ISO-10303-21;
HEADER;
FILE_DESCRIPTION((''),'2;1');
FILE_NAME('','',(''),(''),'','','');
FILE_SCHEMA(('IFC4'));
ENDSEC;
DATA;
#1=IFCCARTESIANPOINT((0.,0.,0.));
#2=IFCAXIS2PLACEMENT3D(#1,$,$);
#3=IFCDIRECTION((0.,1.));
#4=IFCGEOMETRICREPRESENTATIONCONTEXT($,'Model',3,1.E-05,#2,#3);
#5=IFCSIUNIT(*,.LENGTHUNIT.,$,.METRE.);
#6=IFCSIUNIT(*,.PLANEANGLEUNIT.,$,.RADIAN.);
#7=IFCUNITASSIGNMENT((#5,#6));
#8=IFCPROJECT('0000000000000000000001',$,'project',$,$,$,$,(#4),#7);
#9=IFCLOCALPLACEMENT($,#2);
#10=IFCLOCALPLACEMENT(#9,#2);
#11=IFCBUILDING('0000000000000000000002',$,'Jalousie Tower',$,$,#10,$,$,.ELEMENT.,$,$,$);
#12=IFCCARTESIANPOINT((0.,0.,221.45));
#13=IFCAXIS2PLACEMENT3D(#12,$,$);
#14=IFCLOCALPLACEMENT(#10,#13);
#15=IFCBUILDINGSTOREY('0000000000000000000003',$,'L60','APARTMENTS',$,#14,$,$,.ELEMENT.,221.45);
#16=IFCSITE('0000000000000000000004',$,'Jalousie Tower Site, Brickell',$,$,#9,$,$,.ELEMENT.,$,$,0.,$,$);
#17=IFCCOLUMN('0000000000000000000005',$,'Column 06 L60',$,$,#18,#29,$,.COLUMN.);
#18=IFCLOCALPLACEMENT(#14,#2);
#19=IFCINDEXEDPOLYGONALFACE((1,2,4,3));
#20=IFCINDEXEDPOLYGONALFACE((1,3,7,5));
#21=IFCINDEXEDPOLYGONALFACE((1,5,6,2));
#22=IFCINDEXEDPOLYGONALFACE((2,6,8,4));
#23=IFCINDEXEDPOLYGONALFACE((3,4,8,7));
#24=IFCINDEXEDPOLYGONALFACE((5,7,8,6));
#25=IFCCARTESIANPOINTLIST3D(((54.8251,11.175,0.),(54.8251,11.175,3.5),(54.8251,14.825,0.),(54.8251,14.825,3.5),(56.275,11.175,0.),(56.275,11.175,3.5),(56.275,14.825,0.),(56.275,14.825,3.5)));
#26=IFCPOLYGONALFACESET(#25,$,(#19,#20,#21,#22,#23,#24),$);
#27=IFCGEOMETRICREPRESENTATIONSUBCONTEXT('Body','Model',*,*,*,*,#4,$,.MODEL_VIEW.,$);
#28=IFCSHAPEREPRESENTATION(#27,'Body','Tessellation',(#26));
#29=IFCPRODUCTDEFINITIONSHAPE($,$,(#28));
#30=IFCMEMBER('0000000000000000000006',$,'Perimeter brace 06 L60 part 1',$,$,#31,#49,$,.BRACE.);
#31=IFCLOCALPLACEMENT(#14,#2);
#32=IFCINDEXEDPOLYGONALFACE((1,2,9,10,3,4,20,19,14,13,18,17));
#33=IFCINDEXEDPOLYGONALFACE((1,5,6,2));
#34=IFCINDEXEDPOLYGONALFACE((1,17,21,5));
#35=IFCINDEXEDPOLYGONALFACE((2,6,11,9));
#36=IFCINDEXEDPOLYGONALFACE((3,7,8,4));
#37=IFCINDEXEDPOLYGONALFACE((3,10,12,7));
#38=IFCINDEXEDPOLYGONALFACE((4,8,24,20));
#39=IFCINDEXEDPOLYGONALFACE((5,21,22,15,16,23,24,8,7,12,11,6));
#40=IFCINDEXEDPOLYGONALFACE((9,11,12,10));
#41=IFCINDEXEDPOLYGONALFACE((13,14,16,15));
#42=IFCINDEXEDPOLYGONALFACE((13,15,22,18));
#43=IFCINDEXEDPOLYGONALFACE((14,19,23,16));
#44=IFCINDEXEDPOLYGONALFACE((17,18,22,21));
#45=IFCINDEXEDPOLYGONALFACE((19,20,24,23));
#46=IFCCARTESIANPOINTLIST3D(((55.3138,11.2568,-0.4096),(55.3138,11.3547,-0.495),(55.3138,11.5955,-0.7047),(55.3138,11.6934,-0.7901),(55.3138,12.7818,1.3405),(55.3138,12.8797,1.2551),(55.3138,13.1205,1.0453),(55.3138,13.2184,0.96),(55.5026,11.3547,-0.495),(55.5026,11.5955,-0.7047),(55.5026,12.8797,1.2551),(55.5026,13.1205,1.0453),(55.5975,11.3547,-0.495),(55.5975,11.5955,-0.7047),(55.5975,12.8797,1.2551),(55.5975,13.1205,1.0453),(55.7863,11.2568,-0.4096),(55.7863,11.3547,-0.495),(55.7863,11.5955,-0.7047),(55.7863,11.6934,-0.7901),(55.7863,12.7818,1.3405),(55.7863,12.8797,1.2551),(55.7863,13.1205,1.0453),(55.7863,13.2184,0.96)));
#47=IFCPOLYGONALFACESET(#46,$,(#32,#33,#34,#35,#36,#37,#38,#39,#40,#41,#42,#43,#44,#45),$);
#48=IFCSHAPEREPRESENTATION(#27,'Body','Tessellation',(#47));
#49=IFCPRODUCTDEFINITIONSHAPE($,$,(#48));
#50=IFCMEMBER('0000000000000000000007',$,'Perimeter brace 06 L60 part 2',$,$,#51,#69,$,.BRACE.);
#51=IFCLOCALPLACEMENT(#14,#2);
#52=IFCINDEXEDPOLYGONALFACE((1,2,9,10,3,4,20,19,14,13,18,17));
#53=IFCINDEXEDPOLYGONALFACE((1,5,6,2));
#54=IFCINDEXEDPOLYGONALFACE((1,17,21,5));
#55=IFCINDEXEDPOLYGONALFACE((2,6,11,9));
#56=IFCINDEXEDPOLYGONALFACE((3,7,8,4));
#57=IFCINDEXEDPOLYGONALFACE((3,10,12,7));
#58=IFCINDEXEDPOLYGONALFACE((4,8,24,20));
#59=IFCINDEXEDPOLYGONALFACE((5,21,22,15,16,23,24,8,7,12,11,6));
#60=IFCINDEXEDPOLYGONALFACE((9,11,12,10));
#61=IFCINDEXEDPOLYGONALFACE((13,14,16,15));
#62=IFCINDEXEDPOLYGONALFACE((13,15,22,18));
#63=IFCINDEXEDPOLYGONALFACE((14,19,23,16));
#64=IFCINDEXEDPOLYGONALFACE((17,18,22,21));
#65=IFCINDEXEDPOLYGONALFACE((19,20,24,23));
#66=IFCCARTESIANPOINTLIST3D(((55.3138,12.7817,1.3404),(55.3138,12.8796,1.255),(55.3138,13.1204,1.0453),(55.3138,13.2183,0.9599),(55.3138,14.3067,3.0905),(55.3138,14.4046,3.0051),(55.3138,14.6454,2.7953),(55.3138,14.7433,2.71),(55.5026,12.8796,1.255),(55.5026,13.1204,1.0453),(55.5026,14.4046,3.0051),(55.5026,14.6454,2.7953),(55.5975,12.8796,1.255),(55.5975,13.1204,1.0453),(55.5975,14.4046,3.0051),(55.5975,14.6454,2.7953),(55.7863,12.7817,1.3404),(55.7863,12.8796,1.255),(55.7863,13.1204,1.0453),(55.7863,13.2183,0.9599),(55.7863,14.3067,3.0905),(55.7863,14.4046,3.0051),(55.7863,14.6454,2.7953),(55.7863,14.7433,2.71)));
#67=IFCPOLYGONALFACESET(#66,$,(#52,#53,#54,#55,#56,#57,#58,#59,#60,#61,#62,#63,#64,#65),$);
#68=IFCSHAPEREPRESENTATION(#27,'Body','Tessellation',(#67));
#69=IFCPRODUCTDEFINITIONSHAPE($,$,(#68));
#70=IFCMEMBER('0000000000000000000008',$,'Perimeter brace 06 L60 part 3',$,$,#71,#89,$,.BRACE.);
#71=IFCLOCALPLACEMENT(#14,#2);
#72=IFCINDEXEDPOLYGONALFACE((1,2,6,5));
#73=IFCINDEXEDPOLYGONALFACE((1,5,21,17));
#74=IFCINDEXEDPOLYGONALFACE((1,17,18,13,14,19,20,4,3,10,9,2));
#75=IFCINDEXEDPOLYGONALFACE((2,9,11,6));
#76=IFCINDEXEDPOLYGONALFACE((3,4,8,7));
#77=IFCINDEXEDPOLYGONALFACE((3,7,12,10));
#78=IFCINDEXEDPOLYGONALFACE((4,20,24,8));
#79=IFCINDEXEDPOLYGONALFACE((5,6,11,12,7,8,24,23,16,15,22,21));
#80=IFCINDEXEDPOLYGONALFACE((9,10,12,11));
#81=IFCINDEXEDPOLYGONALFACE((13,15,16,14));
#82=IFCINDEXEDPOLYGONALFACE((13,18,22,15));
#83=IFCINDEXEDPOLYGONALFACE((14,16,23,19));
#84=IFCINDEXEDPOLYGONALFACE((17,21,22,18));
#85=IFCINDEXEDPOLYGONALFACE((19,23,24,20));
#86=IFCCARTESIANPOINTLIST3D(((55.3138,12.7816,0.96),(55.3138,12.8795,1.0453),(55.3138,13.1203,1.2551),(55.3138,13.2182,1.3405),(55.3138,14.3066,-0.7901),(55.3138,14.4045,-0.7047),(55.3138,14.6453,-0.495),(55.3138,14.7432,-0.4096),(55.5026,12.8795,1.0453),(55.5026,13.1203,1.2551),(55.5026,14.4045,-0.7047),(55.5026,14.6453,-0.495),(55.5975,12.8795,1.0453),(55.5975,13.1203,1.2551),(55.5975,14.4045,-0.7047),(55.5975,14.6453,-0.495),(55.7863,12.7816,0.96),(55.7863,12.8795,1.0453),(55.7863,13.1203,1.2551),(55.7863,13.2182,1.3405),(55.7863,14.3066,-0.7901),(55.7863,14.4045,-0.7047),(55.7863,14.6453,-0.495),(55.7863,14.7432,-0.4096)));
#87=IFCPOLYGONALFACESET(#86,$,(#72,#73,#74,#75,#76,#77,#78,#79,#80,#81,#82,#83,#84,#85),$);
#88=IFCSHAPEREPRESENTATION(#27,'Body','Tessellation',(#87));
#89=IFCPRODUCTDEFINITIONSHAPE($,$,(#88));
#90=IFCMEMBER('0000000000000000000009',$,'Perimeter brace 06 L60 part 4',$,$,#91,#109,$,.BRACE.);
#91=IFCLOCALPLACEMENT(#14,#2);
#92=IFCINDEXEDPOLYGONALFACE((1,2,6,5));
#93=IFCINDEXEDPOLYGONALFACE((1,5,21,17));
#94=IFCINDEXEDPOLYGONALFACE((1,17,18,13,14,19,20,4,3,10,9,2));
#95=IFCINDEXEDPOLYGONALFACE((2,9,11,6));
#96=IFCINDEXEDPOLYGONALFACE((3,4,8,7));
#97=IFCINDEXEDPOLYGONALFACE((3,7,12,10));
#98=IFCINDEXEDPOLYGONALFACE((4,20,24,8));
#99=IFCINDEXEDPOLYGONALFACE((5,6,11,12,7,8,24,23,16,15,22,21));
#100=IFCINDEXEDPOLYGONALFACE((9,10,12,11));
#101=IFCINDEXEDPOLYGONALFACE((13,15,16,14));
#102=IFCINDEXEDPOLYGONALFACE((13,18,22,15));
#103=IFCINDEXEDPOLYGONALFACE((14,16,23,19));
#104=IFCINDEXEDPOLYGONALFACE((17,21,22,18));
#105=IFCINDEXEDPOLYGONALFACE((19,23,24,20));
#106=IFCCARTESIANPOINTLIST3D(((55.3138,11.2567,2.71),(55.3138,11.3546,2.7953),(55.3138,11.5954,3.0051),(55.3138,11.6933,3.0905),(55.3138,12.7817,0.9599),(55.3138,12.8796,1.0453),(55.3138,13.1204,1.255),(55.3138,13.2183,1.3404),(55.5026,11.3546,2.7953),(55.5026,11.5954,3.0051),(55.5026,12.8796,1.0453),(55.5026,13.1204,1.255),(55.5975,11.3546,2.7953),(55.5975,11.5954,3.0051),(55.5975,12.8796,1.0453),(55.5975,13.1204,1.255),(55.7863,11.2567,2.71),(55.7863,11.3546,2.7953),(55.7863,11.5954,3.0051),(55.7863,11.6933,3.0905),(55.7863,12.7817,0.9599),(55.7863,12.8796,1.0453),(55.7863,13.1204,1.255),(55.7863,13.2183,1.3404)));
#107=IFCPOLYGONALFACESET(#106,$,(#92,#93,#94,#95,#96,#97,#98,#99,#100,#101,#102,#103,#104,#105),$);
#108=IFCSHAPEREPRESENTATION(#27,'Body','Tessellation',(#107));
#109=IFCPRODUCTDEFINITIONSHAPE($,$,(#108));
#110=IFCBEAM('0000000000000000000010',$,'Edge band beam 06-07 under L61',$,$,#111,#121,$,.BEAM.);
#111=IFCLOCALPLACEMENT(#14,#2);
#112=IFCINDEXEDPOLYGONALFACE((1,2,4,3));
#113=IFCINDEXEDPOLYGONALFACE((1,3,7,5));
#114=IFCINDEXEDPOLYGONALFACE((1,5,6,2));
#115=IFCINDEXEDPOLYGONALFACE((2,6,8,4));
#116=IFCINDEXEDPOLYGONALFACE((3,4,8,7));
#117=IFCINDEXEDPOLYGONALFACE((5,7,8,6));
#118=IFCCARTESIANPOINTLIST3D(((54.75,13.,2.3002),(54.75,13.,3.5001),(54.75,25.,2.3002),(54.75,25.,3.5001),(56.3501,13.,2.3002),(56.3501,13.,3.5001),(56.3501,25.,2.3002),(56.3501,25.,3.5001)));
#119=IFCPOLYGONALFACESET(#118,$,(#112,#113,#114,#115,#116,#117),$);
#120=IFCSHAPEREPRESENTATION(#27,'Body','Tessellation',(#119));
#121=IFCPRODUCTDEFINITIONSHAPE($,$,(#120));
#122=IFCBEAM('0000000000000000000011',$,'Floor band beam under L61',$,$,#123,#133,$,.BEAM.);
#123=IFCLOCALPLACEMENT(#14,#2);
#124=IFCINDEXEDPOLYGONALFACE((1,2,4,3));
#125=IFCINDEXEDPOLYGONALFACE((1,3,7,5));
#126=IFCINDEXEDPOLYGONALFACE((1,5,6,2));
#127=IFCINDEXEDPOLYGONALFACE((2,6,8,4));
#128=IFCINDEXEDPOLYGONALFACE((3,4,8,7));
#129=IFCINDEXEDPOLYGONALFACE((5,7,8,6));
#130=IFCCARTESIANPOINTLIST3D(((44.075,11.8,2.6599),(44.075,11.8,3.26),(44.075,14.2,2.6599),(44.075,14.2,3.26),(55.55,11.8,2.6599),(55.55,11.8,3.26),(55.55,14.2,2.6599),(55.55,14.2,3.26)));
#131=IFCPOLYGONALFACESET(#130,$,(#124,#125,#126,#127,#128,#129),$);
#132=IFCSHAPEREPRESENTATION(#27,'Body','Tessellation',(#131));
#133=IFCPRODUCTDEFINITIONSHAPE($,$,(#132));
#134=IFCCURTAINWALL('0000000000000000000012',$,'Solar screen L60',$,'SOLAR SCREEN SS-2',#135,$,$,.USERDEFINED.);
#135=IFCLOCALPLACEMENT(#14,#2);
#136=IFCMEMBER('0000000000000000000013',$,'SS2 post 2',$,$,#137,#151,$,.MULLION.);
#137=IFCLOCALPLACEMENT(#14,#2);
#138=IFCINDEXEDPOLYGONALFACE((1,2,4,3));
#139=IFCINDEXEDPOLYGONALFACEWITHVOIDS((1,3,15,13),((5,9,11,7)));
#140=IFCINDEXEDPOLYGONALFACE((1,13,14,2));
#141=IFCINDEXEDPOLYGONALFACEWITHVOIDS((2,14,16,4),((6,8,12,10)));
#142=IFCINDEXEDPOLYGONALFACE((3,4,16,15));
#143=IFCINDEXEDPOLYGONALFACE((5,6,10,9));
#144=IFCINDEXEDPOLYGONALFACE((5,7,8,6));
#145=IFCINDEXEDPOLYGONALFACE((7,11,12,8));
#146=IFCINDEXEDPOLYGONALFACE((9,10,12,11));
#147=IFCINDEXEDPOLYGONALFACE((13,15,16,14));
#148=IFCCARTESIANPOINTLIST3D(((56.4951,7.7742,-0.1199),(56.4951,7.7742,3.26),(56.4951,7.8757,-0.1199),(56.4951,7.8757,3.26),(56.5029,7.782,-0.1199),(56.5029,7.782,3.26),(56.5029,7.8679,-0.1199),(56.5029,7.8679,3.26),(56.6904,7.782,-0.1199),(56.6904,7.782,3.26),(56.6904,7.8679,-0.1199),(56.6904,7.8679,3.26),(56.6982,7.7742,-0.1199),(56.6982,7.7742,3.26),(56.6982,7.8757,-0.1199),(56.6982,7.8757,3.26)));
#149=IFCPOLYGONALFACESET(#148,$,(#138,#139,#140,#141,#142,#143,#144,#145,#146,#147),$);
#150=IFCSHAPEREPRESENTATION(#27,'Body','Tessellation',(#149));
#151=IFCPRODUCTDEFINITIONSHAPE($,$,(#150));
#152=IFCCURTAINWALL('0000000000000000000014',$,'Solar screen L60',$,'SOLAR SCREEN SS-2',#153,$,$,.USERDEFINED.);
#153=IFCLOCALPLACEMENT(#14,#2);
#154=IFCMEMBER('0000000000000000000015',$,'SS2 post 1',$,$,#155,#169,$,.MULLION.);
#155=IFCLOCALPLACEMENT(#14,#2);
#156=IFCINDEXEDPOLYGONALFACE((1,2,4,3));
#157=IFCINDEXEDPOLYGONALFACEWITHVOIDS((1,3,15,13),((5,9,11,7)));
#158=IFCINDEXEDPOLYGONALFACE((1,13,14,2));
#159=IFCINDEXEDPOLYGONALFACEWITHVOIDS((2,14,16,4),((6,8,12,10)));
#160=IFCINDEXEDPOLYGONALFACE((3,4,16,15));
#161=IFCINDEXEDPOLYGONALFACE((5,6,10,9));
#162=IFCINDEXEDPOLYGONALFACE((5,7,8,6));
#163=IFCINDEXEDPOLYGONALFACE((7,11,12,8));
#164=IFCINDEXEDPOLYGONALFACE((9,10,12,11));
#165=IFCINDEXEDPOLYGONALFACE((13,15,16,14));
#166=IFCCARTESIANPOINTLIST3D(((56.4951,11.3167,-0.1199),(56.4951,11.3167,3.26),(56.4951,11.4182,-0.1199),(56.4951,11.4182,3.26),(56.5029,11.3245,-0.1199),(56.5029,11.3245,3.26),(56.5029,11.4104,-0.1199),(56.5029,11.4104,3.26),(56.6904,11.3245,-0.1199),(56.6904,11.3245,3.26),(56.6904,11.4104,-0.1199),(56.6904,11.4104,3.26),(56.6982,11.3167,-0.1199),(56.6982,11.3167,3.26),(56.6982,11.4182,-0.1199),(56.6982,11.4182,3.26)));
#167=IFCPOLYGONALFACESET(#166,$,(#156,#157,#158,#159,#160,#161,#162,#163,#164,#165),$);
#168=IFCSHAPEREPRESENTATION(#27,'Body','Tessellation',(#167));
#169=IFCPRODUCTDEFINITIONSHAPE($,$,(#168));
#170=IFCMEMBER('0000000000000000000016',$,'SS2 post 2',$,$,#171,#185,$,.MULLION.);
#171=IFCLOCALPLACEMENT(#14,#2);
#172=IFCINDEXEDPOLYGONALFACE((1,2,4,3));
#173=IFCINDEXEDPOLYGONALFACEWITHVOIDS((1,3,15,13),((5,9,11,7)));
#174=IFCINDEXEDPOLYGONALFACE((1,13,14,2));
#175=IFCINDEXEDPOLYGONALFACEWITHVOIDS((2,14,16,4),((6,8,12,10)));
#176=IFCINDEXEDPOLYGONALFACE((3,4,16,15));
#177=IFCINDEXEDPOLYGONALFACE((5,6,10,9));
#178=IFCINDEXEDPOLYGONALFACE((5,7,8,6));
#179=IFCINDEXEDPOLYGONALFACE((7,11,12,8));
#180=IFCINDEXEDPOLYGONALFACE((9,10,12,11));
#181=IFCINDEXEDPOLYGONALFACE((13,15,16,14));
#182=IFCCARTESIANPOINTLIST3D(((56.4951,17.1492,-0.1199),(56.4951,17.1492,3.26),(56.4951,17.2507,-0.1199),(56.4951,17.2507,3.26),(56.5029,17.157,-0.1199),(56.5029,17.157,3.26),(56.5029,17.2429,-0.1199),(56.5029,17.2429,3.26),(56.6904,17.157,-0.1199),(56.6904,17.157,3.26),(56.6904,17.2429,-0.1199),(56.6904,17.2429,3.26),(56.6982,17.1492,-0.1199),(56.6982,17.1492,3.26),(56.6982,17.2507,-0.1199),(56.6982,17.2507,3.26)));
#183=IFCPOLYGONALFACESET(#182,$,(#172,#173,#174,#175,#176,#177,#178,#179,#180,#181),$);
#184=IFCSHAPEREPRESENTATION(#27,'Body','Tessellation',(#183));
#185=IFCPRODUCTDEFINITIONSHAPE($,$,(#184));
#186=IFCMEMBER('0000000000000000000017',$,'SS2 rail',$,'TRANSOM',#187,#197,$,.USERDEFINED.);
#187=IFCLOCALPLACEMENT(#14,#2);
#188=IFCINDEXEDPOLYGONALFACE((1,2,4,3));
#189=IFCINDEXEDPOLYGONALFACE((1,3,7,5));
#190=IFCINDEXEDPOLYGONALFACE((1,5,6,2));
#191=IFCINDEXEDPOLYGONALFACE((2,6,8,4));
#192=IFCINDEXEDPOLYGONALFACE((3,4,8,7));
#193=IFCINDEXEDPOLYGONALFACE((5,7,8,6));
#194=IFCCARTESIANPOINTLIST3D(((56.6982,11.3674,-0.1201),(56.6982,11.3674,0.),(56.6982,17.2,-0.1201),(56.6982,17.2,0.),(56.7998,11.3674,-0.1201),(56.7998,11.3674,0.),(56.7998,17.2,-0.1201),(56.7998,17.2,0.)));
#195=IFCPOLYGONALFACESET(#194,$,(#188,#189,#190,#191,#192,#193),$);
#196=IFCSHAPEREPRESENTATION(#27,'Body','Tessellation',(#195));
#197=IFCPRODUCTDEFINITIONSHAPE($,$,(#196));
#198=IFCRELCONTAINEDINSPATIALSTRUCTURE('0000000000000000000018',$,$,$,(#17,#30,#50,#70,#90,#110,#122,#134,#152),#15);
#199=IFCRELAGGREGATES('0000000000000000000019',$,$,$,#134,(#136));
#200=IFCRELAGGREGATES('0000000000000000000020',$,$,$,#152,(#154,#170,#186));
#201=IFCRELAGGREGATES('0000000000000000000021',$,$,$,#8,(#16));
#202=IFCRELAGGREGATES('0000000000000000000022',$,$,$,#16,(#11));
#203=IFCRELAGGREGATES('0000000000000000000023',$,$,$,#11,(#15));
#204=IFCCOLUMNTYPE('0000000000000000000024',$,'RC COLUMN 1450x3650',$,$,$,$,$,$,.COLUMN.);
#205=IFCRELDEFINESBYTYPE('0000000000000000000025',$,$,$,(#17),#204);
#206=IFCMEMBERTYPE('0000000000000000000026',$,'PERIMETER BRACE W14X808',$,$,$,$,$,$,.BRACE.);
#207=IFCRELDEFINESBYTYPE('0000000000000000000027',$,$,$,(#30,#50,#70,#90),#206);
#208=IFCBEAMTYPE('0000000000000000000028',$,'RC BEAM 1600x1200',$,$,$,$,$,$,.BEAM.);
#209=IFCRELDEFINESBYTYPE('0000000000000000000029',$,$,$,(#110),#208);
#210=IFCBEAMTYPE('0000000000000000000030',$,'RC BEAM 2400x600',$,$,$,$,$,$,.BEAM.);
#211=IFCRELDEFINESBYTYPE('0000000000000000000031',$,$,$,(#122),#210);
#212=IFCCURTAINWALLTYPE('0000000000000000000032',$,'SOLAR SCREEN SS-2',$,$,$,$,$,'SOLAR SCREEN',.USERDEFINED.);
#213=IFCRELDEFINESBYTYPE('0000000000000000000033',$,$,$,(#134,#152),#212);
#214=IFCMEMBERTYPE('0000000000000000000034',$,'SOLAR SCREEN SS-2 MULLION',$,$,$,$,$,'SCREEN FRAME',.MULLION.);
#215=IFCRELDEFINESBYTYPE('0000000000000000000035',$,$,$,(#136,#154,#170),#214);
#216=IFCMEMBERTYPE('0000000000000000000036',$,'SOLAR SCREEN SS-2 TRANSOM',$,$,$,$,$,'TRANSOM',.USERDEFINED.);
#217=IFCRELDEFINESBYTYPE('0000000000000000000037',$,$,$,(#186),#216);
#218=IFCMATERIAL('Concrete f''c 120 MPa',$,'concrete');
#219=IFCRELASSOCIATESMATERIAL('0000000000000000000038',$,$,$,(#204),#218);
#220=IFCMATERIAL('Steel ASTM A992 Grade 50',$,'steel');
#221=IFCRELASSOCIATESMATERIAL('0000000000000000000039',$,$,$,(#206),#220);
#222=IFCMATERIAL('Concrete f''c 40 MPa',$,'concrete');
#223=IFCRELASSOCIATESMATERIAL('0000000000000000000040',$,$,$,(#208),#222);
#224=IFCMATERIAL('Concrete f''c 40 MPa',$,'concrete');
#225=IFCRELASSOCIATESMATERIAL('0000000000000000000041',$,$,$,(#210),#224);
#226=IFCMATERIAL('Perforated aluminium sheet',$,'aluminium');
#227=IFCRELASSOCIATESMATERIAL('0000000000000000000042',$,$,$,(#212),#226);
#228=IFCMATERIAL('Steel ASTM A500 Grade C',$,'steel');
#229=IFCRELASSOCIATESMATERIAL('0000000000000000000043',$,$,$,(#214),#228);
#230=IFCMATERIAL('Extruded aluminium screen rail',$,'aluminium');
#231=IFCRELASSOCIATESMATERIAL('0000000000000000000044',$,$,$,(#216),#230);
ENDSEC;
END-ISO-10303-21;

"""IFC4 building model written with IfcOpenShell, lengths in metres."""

from ifc_helpers import new_model, si_unit, direction, frame, origin, origin_2d, place, context, subcontext, project, spatial, rectangle, hollow_rectangle, i_section, extrude, material, material_profile, profile_set, type_object, element, aggregate, save


model = new_model("IFC4")

# Units and contexts
model_context = context("Model", 3, precision=1e-05, world=origin(), true_north=direction((0.0, 1.0)))
body_context = subcontext(model_context, "Body", "Model", "MODEL_VIEW")
ifc_project = project(units=[si_unit("LENGTHUNIT", "METRE"), si_unit("PLANEANGLEUNIT", "RADIAN")], contexts=[model_context])

# Site, building, storey
site_placement = place(None, origin())
site = spatial("IfcSite", under=ifc_project, at=site_placement, Name="Jalousie Tower Site, Brickell", CompositionType="ELEMENT", RefElevation=0.0)
building_placement = place(site_placement, origin())
building = spatial("IfcBuilding", under=site, at=building_placement, Name="Jalousie Tower", CompositionType="ELEMENT")
storey_placement = place(building_placement, frame((0.0, 0.0, 221.45)))
storey = spatial("IfcBuildingStorey", under=building, at=storey_placement, Name="L60", Description="APARTMENTS", CompositionType="ELEMENT", Elevation=221.45)

# Column
ifc_material_1 = material(Name="Concrete f'c 120 MPa", Category="concrete")
ifc_material_profile_1 = material_profile(ifc_material_1, rectangle(XDim=1.45, YDim=3.6499, at=origin_2d()), Name="RC 1450x3650")
ifc_profile_set_1 = profile_set([ifc_material_profile_1], Name="Concrete f'c 120 MPa")
column_type = type_object("IfcColumnType", Name="RC COLUMN 1450x3650", PredefinedType="COLUMN", material=ifc_profile_set_1)
column_placement = place(storey_placement, frame((55.55, 13.0, 0.0), z_axis=(0.0, 0.0, 1.0), x_axis=(1.0, 0.0, 0.0)))
element("IfcColumn", 1, at=column_placement, inside=storey, type_object=column_type, Name="Column 06 L60", PredefinedType="COLUMN", context=body_context, shape_type="SweptSolid", body=[
    extrude(rectangle(XDim=1.45, YDim=3.6499, at=origin_2d()), origin(), (0.0, 0.0, 1.0), 3.5),
])

# Members
ifc_material_2 = material(Name="Steel ASTM A992 Grade 50", Category="steel")
ifc_material_profile_2 = material_profile(ifc_material_2, i_section(OverallWidth=0.4724, OverallDepth=0.5791, WebThickness=0.095, FlangeThickness=0.1299, at=origin_2d()), Name="W14X808")
ifc_profile_set_2 = profile_set([ifc_material_profile_2], Name="Steel ASTM A992 Grade 50")
member_type_1 = type_object("IfcMemberType", Name="PERIMETER BRACE W14X808", PredefinedType="BRACE", material=ifc_profile_set_2)
for number, where, z_axis, x_axis, name in (
    (2, (55.55, 11.4751, -0.5999), (0.0, 0.656954, 0.75393), (-1.0, 0.0, 0.0), "Perimeter brace 06 L60 part 1"),
    (3, (55.55, 13.0, 1.1501), (0.0, 0.656954, 0.75393), (-1.0, 0.0, 0.0), "Perimeter brace 06 L60 part 2"),
    (4, (55.55, 14.5249, -0.5999), (0.0, -0.656954, 0.75393), (1.0, 0.0, 0.0), "Perimeter brace 06 L60 part 3"),
    (5, (55.55, 13.0, 1.1501), (0.0, -0.656954, 0.75393), (1.0, 0.0, 0.0), "Perimeter brace 06 L60 part 4"),
):
    element("IfcMember", number, at=place(storey_placement, frame(where, z_axis=z_axis, x_axis=x_axis)), inside=storey, type_object=member_type_1, Name=name, PredefinedType="BRACE", context=body_context, shape_type="SweptSolid", body=[
        extrude(i_section(OverallWidth=0.4724, OverallDepth=0.5791, WebThickness=0.095, FlangeThickness=0.1299, at=origin_2d()), origin(), (0.0, 0.0, 1.0), 2.3213),
    ])

# Beams
ifc_material_3 = material(Name="Concrete f'c 40 MPa", Category="concrete")
ifc_material_profile_3 = material_profile(ifc_material_3, rectangle(XDim=1.6001, YDim=1.2, at=origin_2d()), Name="RC 1600x1200")
ifc_profile_set_3 = profile_set([ifc_material_profile_3], Name="Concrete f'c 40 MPa")
beam_type_1 = type_object("IfcBeamType", Name="RC BEAM 1600x1200", PredefinedType="BEAM", material=ifc_profile_set_3)
beam_1_placement = place(storey_placement, frame((55.55, 13.0, 2.9001), z_axis=(0.0, 1.0, 0.0), x_axis=(-1.0, 0.0, 0.0)))
element("IfcBeam", 6, at=beam_1_placement, inside=storey, type_object=beam_type_1, Name="Edge band beam 06-07 under L61", PredefinedType="BEAM", context=body_context, shape_type="SweptSolid", body=[
    extrude(rectangle(XDim=1.6001, YDim=1.2, at=origin_2d()), origin(), (0.0, 0.0, 1.0), 12.0),
])
ifc_material_4 = material(Name="Concrete f'c 40 MPa", Category="concrete")
ifc_material_profile_4 = material_profile(ifc_material_4, rectangle(XDim=2.3999, YDim=0.6001, at=origin_2d()), Name="RC 2400x600")
ifc_profile_set_4 = profile_set([ifc_material_profile_4], Name="Concrete f'c 40 MPa")
beam_type_2 = type_object("IfcBeamType", Name="RC BEAM 2400x600", PredefinedType="BEAM", material=ifc_profile_set_4)
beam_2_placement = place(storey_placement, frame((55.55, 13.0, 2.96), z_axis=(-1.0, 0.0, 0.0), x_axis=(0.0, -1.0, 0.0)))
element("IfcBeam", 7, at=beam_2_placement, inside=storey, type_object=beam_type_2, Name="Floor band beam under L61", PredefinedType="BEAM", context=body_context, shape_type="SweptSolid", body=[
    extrude(rectangle(XDim=2.3999, YDim=0.6001, at=origin_2d()), origin(), (0.0, 0.0, 1.0), 11.4751),
])

# Curtain wall, member
ifc_material_5 = material(Name="Perforated aluminium sheet", Category="aluminium")
curtain_wall_type = type_object("IfcCurtainWallType", Name="SOLAR SCREEN SS-2", ElementType="SOLAR SCREEN", PredefinedType="USERDEFINED", material=ifc_material_5)
curtain_wall_1_placement = place(storey_placement, origin())
curtain_wall_1 = element("IfcCurtainWall", 8, at=curtain_wall_1_placement, inside=storey, type_object=curtain_wall_type, Name="Solar screen L60", ObjectType="SOLAR SCREEN SS-2", PredefinedType="USERDEFINED")
ifc_material_6 = material(Name="Steel ASTM A500 Grade C", Category="steel")
ifc_material_profile_5 = material_profile(ifc_material_6, hollow_rectangle(XDim=0.1016, YDim=0.2031, WallThickness=0.0078, at=origin_2d()), Name="HSS8X4X5/16")
ifc_profile_set_5 = profile_set([ifc_material_profile_5], Name="Steel ASTM A500 Grade C")
member_type_2 = type_object("IfcMemberType", Name="SOLAR SCREEN SS-2 MULLION", ElementType="SCREEN FRAME", PredefinedType="MULLION", material=ifc_profile_set_5)
member_1_placement = place(storey_placement, frame((56.5967, 7.825, -0.1199), z_axis=(0.0, 0.0, 1.0), x_axis=(0.0, 1.0, 0.0)))
member_1 = element("IfcMember", 9, at=member_1_placement, type_object=member_type_2, Name="SS2 post 2", PredefinedType="MULLION", context=body_context, shape_type="SweptSolid", body=[
    extrude(hollow_rectangle(XDim=0.1016, YDim=0.2031, WallThickness=0.0078, at=origin_2d()), origin(), (0.0, 0.0, 1.0), 3.3799),
])

# Curtain wall, members
curtain_wall_2_placement = place(storey_placement, origin())
curtain_wall_2 = element("IfcCurtainWall", 10, at=curtain_wall_2_placement, inside=storey, type_object=curtain_wall_type, Name="Solar screen L60", ObjectType="SOLAR SCREEN SS-2", PredefinedType="USERDEFINED")
member_2_placement = place(storey_placement, frame((56.5967, 11.3674, -0.1199), z_axis=(0.0, 0.0, 1.0), x_axis=(0.0, 1.0, 0.0)))
member_2 = element("IfcMember", 11, at=member_2_placement, type_object=member_type_2, Name="SS2 post 1", PredefinedType="MULLION", context=body_context, shape_type="SweptSolid", body=[
    extrude(hollow_rectangle(XDim=0.1016, YDim=0.2031, WallThickness=0.0078, at=origin_2d()), origin(), (0.0, 0.0, 1.0), 3.3799),
])
member_3_placement = place(storey_placement, frame((56.5967, 17.2, -0.1199), z_axis=(0.0, 0.0, 1.0), x_axis=(0.0, 1.0, 0.0)))
member_3 = element("IfcMember", 12, at=member_3_placement, type_object=member_type_2, Name="SS2 post 2", PredefinedType="MULLION", context=body_context, shape_type="SweptSolid", body=[
    extrude(hollow_rectangle(XDim=0.1016, YDim=0.2031, WallThickness=0.0078, at=origin_2d()), origin(), (0.0, 0.0, 1.0), 3.3799),
])
ifc_material_7 = material(Name="Extruded aluminium screen rail", Category="aluminium")
ifc_material_profile_6 = material_profile(ifc_material_7, rectangle(XDim=0.1016, YDim=0.1201, at=origin_2d()), Name="RAIL 102x120")
ifc_profile_set_6 = profile_set([ifc_material_profile_6], Name="Extruded aluminium screen rail")
member_type_3 = type_object("IfcMemberType", Name="SOLAR SCREEN SS-2 TRANSOM", ElementType="TRANSOM", PredefinedType="USERDEFINED", material=ifc_profile_set_6)
member_4_placement = place(storey_placement, frame((56.749, 11.3674, -0.0601), z_axis=(0.0, 1.0, 0.0), x_axis=(-1.0, 0.0, 0.0)))
member_4 = element("IfcMember", 13, at=member_4_placement, type_object=member_type_3, Name="SS2 rail", ObjectType="TRANSOM", PredefinedType="USERDEFINED", context=body_context, shape_type="SweptSolid", body=[
    extrude(rectangle(XDim=0.1016, YDim=0.1201, at=origin_2d()), origin(), (0.0, 0.0, 1.0), 5.8325),
])

aggregate(curtain_wall_1, [member_1])
aggregate(curtain_wall_2, [member_2, member_3, member_4])

save(model, "model.ifc")
